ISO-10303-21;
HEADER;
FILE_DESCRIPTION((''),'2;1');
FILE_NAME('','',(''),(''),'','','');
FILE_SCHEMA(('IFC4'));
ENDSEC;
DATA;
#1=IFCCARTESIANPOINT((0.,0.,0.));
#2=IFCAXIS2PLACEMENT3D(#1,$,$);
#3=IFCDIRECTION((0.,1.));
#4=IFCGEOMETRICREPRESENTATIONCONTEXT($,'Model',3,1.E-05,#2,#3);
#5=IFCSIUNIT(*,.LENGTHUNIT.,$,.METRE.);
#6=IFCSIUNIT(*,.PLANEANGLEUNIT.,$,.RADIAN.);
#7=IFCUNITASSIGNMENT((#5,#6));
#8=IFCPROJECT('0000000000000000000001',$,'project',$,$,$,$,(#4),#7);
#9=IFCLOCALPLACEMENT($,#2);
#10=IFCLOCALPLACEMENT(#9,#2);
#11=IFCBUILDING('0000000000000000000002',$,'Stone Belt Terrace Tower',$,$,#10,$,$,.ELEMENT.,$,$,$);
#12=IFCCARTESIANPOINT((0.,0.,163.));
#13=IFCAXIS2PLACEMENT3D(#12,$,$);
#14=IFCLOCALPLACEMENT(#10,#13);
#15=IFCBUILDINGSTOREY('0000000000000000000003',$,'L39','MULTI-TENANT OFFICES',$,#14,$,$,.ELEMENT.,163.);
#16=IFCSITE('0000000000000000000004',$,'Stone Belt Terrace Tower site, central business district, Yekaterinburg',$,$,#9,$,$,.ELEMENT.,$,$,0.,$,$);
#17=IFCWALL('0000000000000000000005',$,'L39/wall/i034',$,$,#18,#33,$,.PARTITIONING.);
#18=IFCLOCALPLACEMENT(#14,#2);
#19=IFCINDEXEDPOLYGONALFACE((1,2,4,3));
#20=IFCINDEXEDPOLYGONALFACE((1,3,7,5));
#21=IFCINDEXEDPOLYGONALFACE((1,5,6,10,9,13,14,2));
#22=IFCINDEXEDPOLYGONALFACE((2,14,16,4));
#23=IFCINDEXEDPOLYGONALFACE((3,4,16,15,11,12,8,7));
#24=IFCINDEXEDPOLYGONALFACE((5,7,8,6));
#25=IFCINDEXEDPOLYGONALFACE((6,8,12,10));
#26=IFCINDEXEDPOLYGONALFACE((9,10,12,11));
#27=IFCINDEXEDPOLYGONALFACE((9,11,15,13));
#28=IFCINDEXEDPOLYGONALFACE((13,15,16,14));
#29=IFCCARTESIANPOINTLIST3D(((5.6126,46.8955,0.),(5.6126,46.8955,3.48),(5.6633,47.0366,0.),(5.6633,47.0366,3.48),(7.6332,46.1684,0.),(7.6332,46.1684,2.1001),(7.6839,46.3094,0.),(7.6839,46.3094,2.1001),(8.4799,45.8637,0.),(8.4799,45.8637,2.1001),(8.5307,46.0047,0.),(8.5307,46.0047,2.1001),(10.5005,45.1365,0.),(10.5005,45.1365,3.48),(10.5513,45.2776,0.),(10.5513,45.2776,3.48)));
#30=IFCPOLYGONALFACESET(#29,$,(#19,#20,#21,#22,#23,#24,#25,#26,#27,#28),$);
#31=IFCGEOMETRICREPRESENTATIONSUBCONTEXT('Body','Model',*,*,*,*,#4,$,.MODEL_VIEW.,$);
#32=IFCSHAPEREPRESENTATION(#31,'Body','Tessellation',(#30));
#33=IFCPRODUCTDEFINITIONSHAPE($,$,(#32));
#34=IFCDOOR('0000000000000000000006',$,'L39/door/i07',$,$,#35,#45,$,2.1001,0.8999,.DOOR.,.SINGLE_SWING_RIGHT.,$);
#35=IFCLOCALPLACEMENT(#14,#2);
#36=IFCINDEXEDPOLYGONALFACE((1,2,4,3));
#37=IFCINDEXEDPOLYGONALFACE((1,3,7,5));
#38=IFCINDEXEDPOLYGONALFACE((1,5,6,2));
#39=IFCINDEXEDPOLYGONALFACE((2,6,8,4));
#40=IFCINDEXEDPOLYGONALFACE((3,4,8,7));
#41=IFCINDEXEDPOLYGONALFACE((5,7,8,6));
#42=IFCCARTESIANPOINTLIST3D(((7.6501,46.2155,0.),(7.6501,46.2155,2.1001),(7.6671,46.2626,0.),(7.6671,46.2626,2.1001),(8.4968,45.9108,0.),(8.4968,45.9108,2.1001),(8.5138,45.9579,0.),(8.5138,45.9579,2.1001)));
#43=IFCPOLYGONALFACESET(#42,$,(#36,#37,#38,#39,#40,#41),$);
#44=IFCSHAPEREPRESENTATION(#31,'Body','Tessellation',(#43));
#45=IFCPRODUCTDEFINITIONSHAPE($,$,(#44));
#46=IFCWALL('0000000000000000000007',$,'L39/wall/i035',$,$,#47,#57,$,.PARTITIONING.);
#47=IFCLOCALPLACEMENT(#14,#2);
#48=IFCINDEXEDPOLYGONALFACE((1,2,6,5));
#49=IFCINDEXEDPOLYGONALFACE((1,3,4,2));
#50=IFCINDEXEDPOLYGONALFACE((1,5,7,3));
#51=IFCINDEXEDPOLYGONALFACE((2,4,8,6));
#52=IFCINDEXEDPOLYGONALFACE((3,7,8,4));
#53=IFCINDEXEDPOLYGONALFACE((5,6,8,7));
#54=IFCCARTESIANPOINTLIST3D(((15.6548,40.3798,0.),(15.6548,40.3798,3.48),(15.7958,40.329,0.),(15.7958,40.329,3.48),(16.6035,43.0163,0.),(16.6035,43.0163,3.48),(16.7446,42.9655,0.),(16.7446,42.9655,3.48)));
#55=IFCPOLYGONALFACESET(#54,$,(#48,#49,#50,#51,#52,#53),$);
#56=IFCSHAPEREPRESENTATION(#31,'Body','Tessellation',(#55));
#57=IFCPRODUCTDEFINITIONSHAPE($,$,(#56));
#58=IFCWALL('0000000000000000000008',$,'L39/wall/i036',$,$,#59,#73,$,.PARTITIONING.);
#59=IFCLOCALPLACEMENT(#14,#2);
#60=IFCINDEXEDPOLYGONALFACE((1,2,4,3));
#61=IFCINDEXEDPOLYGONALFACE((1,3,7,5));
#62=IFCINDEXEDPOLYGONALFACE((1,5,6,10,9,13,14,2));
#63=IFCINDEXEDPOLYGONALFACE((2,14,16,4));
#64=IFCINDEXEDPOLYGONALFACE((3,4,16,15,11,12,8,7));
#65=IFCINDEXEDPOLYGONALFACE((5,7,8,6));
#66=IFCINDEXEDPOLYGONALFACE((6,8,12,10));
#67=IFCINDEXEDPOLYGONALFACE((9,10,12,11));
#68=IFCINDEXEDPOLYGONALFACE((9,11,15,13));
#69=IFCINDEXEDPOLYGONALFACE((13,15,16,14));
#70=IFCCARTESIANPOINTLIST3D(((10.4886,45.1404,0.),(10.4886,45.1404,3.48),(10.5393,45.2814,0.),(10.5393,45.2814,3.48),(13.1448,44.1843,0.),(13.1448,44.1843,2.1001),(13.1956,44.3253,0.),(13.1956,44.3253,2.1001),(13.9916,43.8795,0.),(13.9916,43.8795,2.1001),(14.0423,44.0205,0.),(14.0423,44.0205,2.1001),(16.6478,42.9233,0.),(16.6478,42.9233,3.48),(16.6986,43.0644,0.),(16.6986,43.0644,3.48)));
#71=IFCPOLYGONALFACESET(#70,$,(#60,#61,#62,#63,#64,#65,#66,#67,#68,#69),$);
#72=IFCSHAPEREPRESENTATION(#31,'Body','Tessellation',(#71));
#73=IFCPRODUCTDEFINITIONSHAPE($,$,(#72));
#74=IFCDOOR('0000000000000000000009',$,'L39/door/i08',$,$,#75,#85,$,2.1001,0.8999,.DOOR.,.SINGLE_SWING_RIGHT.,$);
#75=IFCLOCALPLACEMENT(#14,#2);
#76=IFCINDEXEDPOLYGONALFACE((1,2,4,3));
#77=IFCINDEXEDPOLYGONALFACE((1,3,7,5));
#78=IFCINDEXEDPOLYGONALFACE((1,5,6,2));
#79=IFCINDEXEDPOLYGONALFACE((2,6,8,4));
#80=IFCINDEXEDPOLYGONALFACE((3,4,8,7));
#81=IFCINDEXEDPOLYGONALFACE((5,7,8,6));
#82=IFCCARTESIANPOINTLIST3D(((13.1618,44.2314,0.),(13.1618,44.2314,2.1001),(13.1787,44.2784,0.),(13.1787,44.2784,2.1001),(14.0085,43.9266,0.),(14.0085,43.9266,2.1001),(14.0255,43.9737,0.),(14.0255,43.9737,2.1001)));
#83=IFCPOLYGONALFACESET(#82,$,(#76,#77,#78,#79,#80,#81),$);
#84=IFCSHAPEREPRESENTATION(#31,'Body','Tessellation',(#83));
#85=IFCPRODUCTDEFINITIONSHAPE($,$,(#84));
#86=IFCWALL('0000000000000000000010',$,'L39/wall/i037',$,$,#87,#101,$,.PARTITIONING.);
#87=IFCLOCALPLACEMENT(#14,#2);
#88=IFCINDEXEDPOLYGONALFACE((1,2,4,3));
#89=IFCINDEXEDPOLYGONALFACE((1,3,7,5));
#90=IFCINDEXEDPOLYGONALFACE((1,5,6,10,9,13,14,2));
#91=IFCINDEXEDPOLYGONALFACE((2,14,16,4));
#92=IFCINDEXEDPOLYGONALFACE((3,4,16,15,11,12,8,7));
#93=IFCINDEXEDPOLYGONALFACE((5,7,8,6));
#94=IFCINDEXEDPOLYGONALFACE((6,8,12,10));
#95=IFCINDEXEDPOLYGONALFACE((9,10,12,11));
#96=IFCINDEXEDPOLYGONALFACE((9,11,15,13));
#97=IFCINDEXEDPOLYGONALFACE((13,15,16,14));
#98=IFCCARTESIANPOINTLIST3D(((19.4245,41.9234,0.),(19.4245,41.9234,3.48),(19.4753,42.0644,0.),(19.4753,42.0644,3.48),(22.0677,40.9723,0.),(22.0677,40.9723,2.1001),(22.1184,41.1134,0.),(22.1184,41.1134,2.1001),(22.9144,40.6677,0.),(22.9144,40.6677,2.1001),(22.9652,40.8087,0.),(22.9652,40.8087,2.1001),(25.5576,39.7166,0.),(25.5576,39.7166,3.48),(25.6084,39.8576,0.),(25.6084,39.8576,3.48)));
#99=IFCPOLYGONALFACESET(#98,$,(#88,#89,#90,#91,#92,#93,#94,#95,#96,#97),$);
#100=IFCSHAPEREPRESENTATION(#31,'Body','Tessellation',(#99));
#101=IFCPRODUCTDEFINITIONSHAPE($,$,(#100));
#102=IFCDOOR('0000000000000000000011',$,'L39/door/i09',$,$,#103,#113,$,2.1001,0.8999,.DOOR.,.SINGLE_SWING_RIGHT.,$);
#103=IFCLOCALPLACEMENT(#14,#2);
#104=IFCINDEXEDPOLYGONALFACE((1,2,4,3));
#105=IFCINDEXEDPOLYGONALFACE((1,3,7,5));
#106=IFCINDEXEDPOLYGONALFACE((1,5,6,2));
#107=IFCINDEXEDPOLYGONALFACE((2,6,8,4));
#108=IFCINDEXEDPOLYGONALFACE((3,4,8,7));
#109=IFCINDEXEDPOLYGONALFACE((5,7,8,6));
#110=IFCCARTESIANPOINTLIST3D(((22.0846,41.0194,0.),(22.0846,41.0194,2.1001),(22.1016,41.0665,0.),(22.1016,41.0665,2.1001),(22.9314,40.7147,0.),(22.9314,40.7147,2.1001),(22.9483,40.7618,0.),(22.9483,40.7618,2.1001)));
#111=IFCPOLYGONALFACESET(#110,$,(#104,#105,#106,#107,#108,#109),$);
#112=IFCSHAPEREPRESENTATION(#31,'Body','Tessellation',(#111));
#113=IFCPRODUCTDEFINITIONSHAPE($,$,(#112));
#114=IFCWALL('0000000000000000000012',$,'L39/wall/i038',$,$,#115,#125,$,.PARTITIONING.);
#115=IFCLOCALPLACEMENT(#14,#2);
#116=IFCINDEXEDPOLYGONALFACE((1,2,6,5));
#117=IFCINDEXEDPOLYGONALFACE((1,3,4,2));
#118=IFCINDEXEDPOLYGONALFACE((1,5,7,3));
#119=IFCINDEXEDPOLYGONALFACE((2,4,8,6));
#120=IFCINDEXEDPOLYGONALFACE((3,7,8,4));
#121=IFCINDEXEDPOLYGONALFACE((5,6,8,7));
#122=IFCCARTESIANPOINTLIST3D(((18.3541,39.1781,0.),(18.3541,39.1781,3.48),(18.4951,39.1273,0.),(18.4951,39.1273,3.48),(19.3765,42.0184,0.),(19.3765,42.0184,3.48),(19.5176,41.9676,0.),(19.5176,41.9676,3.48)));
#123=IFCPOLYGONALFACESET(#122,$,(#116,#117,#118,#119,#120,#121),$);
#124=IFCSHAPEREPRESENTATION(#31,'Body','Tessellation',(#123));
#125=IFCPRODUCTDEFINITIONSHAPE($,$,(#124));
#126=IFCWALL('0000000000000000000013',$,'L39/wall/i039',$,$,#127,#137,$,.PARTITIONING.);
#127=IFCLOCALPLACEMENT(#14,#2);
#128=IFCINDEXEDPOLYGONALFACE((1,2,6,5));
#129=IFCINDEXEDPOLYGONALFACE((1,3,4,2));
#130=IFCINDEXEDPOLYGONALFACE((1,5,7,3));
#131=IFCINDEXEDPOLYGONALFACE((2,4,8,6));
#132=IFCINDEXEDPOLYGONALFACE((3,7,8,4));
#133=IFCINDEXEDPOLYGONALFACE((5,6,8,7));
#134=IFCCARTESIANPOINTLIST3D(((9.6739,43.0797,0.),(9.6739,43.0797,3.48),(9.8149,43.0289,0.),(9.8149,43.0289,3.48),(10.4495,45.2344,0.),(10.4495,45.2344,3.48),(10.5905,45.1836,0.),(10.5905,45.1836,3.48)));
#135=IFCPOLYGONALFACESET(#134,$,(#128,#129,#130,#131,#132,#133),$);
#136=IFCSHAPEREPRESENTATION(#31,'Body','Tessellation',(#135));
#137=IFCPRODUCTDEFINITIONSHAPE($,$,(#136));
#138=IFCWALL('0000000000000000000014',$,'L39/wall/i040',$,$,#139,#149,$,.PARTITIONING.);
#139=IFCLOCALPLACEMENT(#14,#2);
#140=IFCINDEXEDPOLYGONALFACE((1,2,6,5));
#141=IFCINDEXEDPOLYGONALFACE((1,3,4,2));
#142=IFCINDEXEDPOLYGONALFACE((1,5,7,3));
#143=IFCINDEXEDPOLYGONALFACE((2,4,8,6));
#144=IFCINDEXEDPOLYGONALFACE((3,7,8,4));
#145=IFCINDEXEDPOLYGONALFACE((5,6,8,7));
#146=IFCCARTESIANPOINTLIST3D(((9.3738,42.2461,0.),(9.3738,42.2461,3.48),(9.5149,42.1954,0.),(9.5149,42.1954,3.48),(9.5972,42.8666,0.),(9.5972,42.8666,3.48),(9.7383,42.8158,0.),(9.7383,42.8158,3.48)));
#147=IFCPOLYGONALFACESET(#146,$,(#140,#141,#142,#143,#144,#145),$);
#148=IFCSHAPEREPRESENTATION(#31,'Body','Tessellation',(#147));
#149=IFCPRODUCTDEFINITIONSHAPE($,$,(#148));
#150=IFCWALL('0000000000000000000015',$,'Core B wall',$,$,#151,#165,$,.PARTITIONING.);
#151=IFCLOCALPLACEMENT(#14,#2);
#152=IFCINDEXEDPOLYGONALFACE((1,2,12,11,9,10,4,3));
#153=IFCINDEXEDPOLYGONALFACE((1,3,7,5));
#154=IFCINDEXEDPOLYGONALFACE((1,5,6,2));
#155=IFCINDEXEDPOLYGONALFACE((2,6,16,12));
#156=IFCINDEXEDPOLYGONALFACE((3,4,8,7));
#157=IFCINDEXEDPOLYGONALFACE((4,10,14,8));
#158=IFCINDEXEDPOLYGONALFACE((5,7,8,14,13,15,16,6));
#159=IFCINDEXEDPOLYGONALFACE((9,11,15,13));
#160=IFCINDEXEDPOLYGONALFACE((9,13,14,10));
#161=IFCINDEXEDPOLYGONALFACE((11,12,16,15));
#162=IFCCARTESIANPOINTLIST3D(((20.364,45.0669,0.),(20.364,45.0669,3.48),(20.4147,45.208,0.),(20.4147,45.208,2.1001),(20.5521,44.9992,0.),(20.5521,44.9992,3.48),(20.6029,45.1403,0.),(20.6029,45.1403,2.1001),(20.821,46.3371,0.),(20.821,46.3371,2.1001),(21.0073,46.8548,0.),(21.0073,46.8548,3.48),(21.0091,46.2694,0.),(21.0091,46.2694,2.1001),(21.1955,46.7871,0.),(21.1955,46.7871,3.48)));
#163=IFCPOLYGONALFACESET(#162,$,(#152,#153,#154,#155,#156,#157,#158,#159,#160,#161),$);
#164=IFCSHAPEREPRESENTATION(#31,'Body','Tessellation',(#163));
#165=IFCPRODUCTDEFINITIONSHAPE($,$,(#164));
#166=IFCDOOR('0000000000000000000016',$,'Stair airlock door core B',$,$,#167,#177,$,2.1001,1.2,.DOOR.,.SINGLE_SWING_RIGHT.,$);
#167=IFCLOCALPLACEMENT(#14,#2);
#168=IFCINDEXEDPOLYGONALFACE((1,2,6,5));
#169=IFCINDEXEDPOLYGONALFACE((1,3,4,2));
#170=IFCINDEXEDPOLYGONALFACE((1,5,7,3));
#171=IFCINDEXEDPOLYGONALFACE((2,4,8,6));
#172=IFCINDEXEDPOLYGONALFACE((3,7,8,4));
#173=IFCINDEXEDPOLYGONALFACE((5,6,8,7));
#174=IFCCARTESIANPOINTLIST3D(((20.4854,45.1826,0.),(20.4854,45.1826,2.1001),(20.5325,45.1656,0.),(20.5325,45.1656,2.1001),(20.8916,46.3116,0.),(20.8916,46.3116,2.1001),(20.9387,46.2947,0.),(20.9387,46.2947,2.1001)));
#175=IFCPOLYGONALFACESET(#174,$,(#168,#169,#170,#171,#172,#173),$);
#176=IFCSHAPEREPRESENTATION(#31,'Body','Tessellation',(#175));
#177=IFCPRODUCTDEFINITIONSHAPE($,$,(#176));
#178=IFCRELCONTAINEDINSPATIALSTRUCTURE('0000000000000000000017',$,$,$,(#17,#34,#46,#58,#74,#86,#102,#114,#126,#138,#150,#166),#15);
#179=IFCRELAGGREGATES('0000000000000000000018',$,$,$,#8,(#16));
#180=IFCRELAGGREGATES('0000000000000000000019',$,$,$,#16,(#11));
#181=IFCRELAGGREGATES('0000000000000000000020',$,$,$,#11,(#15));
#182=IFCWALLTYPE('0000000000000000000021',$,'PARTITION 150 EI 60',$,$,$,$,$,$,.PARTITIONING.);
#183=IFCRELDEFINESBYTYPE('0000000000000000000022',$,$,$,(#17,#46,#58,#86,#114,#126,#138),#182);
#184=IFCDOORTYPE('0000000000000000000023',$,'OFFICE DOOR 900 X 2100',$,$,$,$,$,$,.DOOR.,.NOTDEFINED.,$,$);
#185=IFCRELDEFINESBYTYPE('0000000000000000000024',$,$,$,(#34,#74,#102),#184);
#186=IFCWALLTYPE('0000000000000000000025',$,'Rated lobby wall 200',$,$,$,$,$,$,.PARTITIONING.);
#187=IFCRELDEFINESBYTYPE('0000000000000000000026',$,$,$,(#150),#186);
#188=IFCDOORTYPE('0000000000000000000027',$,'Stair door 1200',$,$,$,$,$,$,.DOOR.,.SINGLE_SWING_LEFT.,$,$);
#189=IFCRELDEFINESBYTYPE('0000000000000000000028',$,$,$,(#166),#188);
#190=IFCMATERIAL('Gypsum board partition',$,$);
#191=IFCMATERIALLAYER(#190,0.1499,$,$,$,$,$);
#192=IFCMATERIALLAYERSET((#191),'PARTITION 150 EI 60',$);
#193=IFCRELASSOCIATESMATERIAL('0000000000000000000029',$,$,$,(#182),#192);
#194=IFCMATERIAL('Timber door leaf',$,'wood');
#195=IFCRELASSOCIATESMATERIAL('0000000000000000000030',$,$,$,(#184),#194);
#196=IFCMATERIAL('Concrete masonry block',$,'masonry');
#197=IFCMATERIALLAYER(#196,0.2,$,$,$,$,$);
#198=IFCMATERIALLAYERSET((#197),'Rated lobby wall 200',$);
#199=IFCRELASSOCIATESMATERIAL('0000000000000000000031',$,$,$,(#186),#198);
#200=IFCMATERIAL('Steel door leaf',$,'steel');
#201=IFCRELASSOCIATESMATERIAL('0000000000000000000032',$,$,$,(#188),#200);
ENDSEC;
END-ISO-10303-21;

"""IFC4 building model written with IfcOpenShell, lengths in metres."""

from ifc_helpers import new_model, si_unit, direction, frame, frame_2d, origin, place, context, subcontext, project, spatial, rectangle, extrude, material, layer, layer_set, type_object, element, fill, save


model = new_model("IFC4")

# Units and contexts
model_context = context("Model", 3, precision=1e-05, world=origin(), true_north=direction((0.0, 1.0)))
body_context = subcontext(model_context, "Body", "Model", "MODEL_VIEW")
ifc_project = project(units=[si_unit("LENGTHUNIT", "METRE"), si_unit("PLANEANGLEUNIT", "RADIAN")], contexts=[model_context])

# Site, building, storey
site_placement = place(None, origin())
site = spatial("IfcSite", under=ifc_project, at=site_placement, Name="Stone Belt Terrace Tower site, central business district, Yekaterinburg", CompositionType="ELEMENT", RefElevation=0.0)
building_placement = place(site_placement, origin())
building = spatial("IfcBuilding", under=site, at=building_placement, Name="Stone Belt Terrace Tower", CompositionType="ELEMENT")
storey_placement = place(building_placement, frame((0.0, 0.0, 163.0)))
storey = spatial("IfcBuildingStorey", under=building, at=storey_placement, Name="L39", Description="MULTI-TENANT OFFICES", CompositionType="ELEMENT", Elevation=163.0)

# Wall, opening, door
ifc_material_1 = material(Name="Timber door leaf", Category="wood")
ifc_material_2 = material(Name="Gypsum board partition")
ifc_layer_1 = layer(ifc_material_2, 0.1499)
ifc_layer_set_1 = layer_set([ifc_layer_1], Name="PARTITION 150 EI 60")
wall_type_1 = type_object("IfcWallType", Name="PARTITION 150 EI 60", PredefinedType="PARTITIONING", material=ifc_layer_set_1)
wall_1_placement = place(storey_placement, frame((10.5259, 45.207, 0.0), z_axis=(0.0, 0.0, 1.0), x_axis=(-0.940926, 0.338613, 0.0)))
wall_1 = element("IfcWall", 1, at=wall_1_placement, inside=storey, type_object=wall_type_1, Name="L39/wall/i034", PredefinedType="PARTITIONING", context=body_context, shape_type="SweptSolid", body=[
    extrude(rectangle(XDim=5.1948, YDim=0.1499, at=frame_2d((2.5974, 0.0))), origin(), (0.0, 0.0, 1.0), 3.48),
])
opening_1_placement = place(wall_1_placement, frame((2.1475, 0.0, 0.0)))
opening_1 = element("IfcOpeningElement", 2, at=opening_1_placement, cuts=wall_1, PredefinedType="OPENING", context=body_context, shape_type="SweptSolid", body=[
    extrude(rectangle(XDim=0.8999, YDim=2.1001, at=frame_2d((0.45, 1.05))), frame((0.0, 0.085, 0.0), z_axis=(0.0, -1.0, 0.0), x_axis=(1.0, 0.0, 0.0)), (0.0, 0.0, 1.0), 0.1699),
])
door_type_1 = type_object("IfcDoorType", Name="OFFICE DOOR 900 X 2100", OperationType="NOTDEFINED", PredefinedType="DOOR", material=ifc_material_1)
door_1_placement = place(opening_1_placement, origin())
door_1 = element("IfcDoor", 3, at=door_1_placement, inside=storey, type_object=door_type_1, Name="L39/door/i07", OperationType="SINGLE_SWING_RIGHT", OverallHeight=2.1001, OverallWidth=0.8999, PredefinedType="DOOR", context=body_context, shape_type="SweptSolid", body=[
    extrude(rectangle(XDim=0.8999, YDim=2.1001, at=frame_2d((0.45, 1.05))), frame((0.0, 0.0249, 0.0), z_axis=(0.0, -1.0, 0.0), x_axis=(1.0, 0.0, 0.0)), (0.0, 0.0, 1.0), 0.05),
])
fill(opening_1, door_1)

# Wall
wall_2_placement = place(storey_placement, frame((15.7253, 40.3545, 0.0), z_axis=(0.0, 0.0, 1.0), x_axis=(0.338593, 0.940933, 0.0)))
element("IfcWall", 4, at=wall_2_placement, inside=storey, type_object=wall_type_1, Name="L39/wall/i035", PredefinedType="PARTITIONING", context=body_context, shape_type="SweptSolid", body=[
    extrude(rectangle(XDim=2.802, YDim=0.1499, at=frame_2d((1.4009, 0.0))), origin(), (0.0, 0.0, 1.0), 3.48),
])

# Walls, openings, doors
wall_3_placement = place(storey_placement, frame((16.6731, 42.9939, 0.0), z_axis=(0.0, 0.0, 1.0), x_axis=(-0.9409, 0.338684, 0.0)))
wall_3 = element("IfcWall", 5, at=wall_3_placement, inside=storey, type_object=wall_type_1, Name="L39/wall/i036", PredefinedType="PARTITIONING", context=body_context, shape_type="SweptSolid", body=[
    extrude(rectangle(XDim=6.5461, YDim=0.1499, at=frame_2d((3.2729, 0.0))), origin(), (0.0, 0.0, 1.0), 3.48),
])
opening_2_placement = place(wall_3_placement, frame((2.823, 0.0, 0.0)))
opening_2 = element("IfcOpeningElement", 6, at=opening_2_placement, cuts=wall_3, PredefinedType="OPENING", context=body_context, shape_type="SweptSolid", body=[
    extrude(rectangle(XDim=0.8999, YDim=2.1001, at=frame_2d((0.45, 1.05))), frame((0.0, 0.085, 0.0), z_axis=(0.0, -1.0, 0.0), x_axis=(1.0, 0.0, 0.0)), (0.0, 0.0, 1.0), 0.1699),
])
door_2_placement = place(opening_2_placement, origin())
door_2 = element("IfcDoor", 7, at=door_2_placement, inside=storey, type_object=door_type_1, Name="L39/door/i08", OperationType="SINGLE_SWING_RIGHT", OverallHeight=2.1001, OverallWidth=0.8999, PredefinedType="DOOR", context=body_context, shape_type="SweptSolid", body=[
    extrude(rectangle(XDim=0.8999, YDim=2.1001, at=frame_2d((0.45, 1.05))), frame((0.0, 0.0249, 0.0), z_axis=(0.0, -1.0, 0.0), x_axis=(1.0, 0.0, 0.0)), (0.0, 0.0, 1.0), 0.05),
])
fill(opening_2, door_2)
wall_4_placement = place(storey_placement, frame((25.583, 39.7871, 0.0), z_axis=(0.0, 0.0, 1.0), x_axis=(-0.940942, 0.338568, 0.0)))
wall_4 = element("IfcWall", 8, at=wall_4_placement, inside=storey, type_object=wall_type_1, Name="L39/wall/i037", PredefinedType="PARTITIONING", context=body_context, shape_type="SweptSolid", body=[
    extrude(rectangle(XDim=6.5181, YDim=0.1499, at=frame_2d((3.259, 0.0))), origin(), (0.0, 0.0, 1.0), 3.48),
])
opening_3_placement = place(wall_4_placement, frame((2.8091, 0.0, 0.0)))
opening_3 = element("IfcOpeningElement", 9, at=opening_3_placement, cuts=wall_4, PredefinedType="OPENING", context=body_context, shape_type="SweptSolid", body=[
    extrude(rectangle(XDim=0.8999, YDim=2.1001, at=frame_2d((0.45, 1.05))), frame((0.0, 0.085, 0.0), z_axis=(0.0, -1.0, 0.0), x_axis=(1.0, 0.0, 0.0)), (0.0, 0.0, 1.0), 0.1699),
])
door_3_placement = place(opening_3_placement, origin())
door_3 = element("IfcDoor", 10, at=door_3_placement, inside=storey, type_object=door_type_1, Name="L39/door/i09", OperationType="SINGLE_SWING_RIGHT", OverallHeight=2.1001, OverallWidth=0.8999, PredefinedType="DOOR", context=body_context, shape_type="SweptSolid", body=[
    extrude(rectangle(XDim=0.8999, YDim=2.1001, at=frame_2d((0.45, 1.05))), frame((0.0, 0.0249, 0.0), z_axis=(0.0, -1.0, 0.0), x_axis=(1.0, 0.0, 0.0)), (0.0, 0.0, 1.0), 0.05),
])
fill(opening_3, door_3)

# Walls
wall_5_placement = place(storey_placement, frame((19.447, 41.9929, 0.0), z_axis=(0.0, 0.0, 1.0), x_axis=(-0.338702, -0.940894, 0.0)))
element("IfcWall", 11, at=wall_5_placement, inside=storey, type_object=wall_type_1, Name="L39/wall/i038", PredefinedType="PARTITIONING", context=body_context, shape_type="SweptSolid", body=[
    extrude(rectangle(XDim=3.0188, YDim=0.1499, at=frame_2d((1.5093, 0.0))), origin(), (0.0, 0.0, 1.0), 3.48),
])
wall_6_placement = place(storey_placement, frame((10.52, 45.209, 0.0), z_axis=(0.0, 0.0, 1.0), x_axis=(-0.338685, -0.9409, 0.0)))
element("IfcWall", 12, at=wall_6_placement, inside=storey, type_object=wall_type_1, Name="L39/wall/i039", PredefinedType="PARTITIONING", context=body_context, shape_type="SweptSolid", body=[
    extrude(rectangle(XDim=2.29, YDim=0.1499, at=frame_2d((1.145, 0.0))), origin(), (0.0, 0.0, 1.0), 3.48),
])
wall_7_placement = place(storey_placement, frame((9.6677, 42.8411, 0.0), z_axis=(0.0, 0.0, 1.0), x_axis=(-0.338798, -0.940859, 0.0)))
element("IfcWall", 13, at=wall_7_placement, inside=storey, type_object=wall_type_1, Name="L39/wall/i040", PredefinedType="PARTITIONING", context=body_context, shape_type="SweptSolid", body=[
    extrude(rectangle(XDim=0.6594, YDim=0.1499, at=frame_2d((0.3296, 0.0))), origin(), (0.0, 0.0, 1.0), 3.48),
])

# Wall, opening, door
ifc_material_3 = material(Name="Concrete masonry block", Category="masonry")
ifc_layer_2 = layer(ifc_material_3, 0.2)
ifc_layer_set_2 = layer_set([ifc_layer_2], Name="Rated lobby wall 200")
wall_type_2 = type_object("IfcWallType", Name="Rated lobby wall 200", PredefinedType="PARTITIONING", material=ifc_layer_set_2)
wall_8_placement = place(storey_placement, frame((20.458, 45.033, 0.0), z_axis=(0.0, 0.0, 1.0), x_axis=(0.338574, 0.94094, 0.0)))
wall_8 = element("IfcWall", 14, at=wall_8_placement, inside=storey, type_object=wall_type_2, Name="Core B wall", PredefinedType="PARTITIONING", context=body_context, shape_type="SweptSolid", body=[
    extrude(rectangle(XDim=1.9001, YDim=0.2, at=frame_2d((0.9502, 0.0))), origin(), (0.0, 0.0, 1.0), 3.48),
])
opening_4_placement = place(wall_8_placement, frame((0.1499, 0.0, 0.0)))
opening_4 = element("IfcOpeningElement", 15, at=opening_4_placement, cuts=wall_8, PredefinedType="OPENING", context=body_context, shape_type="SweptSolid", body=[
    extrude(rectangle(XDim=1.2, YDim=2.1001, at=frame_2d((0.6001, 1.05))), frame((0.0, 0.1099, 0.0), z_axis=(0.0, -1.0, 0.0), x_axis=(1.0, 0.0, 0.0)), (0.0, 0.0, 1.0), 0.22),
])
ifc_material_4 = material(Name="Steel door leaf", Category="steel")
door_type_2 = type_object("IfcDoorType", Name="Stair door 1200", OperationType="SINGLE_SWING_LEFT", PredefinedType="DOOR", material=ifc_material_4)
door_4_placement = place(opening_4_placement, origin())
door_4 = element("IfcDoor", 16, at=door_4_placement, inside=storey, type_object=door_type_2, Name="Stair airlock door core B", OperationType="SINGLE_SWING_RIGHT", OverallHeight=2.1001, OverallWidth=1.2, PredefinedType="DOOR", context=body_context, shape_type="SweptSolid", body=[
    extrude(rectangle(XDim=1.2, YDim=2.1001, at=frame_2d((0.6001, 1.05))), frame((0.0, 0.0249, 0.0), z_axis=(0.0, -1.0, 0.0), x_axis=(1.0, 0.0, 0.0)), (0.0, 0.0, 1.0), 0.05),
])
fill(opening_4, door_4)

save(model, "model.ifc")
